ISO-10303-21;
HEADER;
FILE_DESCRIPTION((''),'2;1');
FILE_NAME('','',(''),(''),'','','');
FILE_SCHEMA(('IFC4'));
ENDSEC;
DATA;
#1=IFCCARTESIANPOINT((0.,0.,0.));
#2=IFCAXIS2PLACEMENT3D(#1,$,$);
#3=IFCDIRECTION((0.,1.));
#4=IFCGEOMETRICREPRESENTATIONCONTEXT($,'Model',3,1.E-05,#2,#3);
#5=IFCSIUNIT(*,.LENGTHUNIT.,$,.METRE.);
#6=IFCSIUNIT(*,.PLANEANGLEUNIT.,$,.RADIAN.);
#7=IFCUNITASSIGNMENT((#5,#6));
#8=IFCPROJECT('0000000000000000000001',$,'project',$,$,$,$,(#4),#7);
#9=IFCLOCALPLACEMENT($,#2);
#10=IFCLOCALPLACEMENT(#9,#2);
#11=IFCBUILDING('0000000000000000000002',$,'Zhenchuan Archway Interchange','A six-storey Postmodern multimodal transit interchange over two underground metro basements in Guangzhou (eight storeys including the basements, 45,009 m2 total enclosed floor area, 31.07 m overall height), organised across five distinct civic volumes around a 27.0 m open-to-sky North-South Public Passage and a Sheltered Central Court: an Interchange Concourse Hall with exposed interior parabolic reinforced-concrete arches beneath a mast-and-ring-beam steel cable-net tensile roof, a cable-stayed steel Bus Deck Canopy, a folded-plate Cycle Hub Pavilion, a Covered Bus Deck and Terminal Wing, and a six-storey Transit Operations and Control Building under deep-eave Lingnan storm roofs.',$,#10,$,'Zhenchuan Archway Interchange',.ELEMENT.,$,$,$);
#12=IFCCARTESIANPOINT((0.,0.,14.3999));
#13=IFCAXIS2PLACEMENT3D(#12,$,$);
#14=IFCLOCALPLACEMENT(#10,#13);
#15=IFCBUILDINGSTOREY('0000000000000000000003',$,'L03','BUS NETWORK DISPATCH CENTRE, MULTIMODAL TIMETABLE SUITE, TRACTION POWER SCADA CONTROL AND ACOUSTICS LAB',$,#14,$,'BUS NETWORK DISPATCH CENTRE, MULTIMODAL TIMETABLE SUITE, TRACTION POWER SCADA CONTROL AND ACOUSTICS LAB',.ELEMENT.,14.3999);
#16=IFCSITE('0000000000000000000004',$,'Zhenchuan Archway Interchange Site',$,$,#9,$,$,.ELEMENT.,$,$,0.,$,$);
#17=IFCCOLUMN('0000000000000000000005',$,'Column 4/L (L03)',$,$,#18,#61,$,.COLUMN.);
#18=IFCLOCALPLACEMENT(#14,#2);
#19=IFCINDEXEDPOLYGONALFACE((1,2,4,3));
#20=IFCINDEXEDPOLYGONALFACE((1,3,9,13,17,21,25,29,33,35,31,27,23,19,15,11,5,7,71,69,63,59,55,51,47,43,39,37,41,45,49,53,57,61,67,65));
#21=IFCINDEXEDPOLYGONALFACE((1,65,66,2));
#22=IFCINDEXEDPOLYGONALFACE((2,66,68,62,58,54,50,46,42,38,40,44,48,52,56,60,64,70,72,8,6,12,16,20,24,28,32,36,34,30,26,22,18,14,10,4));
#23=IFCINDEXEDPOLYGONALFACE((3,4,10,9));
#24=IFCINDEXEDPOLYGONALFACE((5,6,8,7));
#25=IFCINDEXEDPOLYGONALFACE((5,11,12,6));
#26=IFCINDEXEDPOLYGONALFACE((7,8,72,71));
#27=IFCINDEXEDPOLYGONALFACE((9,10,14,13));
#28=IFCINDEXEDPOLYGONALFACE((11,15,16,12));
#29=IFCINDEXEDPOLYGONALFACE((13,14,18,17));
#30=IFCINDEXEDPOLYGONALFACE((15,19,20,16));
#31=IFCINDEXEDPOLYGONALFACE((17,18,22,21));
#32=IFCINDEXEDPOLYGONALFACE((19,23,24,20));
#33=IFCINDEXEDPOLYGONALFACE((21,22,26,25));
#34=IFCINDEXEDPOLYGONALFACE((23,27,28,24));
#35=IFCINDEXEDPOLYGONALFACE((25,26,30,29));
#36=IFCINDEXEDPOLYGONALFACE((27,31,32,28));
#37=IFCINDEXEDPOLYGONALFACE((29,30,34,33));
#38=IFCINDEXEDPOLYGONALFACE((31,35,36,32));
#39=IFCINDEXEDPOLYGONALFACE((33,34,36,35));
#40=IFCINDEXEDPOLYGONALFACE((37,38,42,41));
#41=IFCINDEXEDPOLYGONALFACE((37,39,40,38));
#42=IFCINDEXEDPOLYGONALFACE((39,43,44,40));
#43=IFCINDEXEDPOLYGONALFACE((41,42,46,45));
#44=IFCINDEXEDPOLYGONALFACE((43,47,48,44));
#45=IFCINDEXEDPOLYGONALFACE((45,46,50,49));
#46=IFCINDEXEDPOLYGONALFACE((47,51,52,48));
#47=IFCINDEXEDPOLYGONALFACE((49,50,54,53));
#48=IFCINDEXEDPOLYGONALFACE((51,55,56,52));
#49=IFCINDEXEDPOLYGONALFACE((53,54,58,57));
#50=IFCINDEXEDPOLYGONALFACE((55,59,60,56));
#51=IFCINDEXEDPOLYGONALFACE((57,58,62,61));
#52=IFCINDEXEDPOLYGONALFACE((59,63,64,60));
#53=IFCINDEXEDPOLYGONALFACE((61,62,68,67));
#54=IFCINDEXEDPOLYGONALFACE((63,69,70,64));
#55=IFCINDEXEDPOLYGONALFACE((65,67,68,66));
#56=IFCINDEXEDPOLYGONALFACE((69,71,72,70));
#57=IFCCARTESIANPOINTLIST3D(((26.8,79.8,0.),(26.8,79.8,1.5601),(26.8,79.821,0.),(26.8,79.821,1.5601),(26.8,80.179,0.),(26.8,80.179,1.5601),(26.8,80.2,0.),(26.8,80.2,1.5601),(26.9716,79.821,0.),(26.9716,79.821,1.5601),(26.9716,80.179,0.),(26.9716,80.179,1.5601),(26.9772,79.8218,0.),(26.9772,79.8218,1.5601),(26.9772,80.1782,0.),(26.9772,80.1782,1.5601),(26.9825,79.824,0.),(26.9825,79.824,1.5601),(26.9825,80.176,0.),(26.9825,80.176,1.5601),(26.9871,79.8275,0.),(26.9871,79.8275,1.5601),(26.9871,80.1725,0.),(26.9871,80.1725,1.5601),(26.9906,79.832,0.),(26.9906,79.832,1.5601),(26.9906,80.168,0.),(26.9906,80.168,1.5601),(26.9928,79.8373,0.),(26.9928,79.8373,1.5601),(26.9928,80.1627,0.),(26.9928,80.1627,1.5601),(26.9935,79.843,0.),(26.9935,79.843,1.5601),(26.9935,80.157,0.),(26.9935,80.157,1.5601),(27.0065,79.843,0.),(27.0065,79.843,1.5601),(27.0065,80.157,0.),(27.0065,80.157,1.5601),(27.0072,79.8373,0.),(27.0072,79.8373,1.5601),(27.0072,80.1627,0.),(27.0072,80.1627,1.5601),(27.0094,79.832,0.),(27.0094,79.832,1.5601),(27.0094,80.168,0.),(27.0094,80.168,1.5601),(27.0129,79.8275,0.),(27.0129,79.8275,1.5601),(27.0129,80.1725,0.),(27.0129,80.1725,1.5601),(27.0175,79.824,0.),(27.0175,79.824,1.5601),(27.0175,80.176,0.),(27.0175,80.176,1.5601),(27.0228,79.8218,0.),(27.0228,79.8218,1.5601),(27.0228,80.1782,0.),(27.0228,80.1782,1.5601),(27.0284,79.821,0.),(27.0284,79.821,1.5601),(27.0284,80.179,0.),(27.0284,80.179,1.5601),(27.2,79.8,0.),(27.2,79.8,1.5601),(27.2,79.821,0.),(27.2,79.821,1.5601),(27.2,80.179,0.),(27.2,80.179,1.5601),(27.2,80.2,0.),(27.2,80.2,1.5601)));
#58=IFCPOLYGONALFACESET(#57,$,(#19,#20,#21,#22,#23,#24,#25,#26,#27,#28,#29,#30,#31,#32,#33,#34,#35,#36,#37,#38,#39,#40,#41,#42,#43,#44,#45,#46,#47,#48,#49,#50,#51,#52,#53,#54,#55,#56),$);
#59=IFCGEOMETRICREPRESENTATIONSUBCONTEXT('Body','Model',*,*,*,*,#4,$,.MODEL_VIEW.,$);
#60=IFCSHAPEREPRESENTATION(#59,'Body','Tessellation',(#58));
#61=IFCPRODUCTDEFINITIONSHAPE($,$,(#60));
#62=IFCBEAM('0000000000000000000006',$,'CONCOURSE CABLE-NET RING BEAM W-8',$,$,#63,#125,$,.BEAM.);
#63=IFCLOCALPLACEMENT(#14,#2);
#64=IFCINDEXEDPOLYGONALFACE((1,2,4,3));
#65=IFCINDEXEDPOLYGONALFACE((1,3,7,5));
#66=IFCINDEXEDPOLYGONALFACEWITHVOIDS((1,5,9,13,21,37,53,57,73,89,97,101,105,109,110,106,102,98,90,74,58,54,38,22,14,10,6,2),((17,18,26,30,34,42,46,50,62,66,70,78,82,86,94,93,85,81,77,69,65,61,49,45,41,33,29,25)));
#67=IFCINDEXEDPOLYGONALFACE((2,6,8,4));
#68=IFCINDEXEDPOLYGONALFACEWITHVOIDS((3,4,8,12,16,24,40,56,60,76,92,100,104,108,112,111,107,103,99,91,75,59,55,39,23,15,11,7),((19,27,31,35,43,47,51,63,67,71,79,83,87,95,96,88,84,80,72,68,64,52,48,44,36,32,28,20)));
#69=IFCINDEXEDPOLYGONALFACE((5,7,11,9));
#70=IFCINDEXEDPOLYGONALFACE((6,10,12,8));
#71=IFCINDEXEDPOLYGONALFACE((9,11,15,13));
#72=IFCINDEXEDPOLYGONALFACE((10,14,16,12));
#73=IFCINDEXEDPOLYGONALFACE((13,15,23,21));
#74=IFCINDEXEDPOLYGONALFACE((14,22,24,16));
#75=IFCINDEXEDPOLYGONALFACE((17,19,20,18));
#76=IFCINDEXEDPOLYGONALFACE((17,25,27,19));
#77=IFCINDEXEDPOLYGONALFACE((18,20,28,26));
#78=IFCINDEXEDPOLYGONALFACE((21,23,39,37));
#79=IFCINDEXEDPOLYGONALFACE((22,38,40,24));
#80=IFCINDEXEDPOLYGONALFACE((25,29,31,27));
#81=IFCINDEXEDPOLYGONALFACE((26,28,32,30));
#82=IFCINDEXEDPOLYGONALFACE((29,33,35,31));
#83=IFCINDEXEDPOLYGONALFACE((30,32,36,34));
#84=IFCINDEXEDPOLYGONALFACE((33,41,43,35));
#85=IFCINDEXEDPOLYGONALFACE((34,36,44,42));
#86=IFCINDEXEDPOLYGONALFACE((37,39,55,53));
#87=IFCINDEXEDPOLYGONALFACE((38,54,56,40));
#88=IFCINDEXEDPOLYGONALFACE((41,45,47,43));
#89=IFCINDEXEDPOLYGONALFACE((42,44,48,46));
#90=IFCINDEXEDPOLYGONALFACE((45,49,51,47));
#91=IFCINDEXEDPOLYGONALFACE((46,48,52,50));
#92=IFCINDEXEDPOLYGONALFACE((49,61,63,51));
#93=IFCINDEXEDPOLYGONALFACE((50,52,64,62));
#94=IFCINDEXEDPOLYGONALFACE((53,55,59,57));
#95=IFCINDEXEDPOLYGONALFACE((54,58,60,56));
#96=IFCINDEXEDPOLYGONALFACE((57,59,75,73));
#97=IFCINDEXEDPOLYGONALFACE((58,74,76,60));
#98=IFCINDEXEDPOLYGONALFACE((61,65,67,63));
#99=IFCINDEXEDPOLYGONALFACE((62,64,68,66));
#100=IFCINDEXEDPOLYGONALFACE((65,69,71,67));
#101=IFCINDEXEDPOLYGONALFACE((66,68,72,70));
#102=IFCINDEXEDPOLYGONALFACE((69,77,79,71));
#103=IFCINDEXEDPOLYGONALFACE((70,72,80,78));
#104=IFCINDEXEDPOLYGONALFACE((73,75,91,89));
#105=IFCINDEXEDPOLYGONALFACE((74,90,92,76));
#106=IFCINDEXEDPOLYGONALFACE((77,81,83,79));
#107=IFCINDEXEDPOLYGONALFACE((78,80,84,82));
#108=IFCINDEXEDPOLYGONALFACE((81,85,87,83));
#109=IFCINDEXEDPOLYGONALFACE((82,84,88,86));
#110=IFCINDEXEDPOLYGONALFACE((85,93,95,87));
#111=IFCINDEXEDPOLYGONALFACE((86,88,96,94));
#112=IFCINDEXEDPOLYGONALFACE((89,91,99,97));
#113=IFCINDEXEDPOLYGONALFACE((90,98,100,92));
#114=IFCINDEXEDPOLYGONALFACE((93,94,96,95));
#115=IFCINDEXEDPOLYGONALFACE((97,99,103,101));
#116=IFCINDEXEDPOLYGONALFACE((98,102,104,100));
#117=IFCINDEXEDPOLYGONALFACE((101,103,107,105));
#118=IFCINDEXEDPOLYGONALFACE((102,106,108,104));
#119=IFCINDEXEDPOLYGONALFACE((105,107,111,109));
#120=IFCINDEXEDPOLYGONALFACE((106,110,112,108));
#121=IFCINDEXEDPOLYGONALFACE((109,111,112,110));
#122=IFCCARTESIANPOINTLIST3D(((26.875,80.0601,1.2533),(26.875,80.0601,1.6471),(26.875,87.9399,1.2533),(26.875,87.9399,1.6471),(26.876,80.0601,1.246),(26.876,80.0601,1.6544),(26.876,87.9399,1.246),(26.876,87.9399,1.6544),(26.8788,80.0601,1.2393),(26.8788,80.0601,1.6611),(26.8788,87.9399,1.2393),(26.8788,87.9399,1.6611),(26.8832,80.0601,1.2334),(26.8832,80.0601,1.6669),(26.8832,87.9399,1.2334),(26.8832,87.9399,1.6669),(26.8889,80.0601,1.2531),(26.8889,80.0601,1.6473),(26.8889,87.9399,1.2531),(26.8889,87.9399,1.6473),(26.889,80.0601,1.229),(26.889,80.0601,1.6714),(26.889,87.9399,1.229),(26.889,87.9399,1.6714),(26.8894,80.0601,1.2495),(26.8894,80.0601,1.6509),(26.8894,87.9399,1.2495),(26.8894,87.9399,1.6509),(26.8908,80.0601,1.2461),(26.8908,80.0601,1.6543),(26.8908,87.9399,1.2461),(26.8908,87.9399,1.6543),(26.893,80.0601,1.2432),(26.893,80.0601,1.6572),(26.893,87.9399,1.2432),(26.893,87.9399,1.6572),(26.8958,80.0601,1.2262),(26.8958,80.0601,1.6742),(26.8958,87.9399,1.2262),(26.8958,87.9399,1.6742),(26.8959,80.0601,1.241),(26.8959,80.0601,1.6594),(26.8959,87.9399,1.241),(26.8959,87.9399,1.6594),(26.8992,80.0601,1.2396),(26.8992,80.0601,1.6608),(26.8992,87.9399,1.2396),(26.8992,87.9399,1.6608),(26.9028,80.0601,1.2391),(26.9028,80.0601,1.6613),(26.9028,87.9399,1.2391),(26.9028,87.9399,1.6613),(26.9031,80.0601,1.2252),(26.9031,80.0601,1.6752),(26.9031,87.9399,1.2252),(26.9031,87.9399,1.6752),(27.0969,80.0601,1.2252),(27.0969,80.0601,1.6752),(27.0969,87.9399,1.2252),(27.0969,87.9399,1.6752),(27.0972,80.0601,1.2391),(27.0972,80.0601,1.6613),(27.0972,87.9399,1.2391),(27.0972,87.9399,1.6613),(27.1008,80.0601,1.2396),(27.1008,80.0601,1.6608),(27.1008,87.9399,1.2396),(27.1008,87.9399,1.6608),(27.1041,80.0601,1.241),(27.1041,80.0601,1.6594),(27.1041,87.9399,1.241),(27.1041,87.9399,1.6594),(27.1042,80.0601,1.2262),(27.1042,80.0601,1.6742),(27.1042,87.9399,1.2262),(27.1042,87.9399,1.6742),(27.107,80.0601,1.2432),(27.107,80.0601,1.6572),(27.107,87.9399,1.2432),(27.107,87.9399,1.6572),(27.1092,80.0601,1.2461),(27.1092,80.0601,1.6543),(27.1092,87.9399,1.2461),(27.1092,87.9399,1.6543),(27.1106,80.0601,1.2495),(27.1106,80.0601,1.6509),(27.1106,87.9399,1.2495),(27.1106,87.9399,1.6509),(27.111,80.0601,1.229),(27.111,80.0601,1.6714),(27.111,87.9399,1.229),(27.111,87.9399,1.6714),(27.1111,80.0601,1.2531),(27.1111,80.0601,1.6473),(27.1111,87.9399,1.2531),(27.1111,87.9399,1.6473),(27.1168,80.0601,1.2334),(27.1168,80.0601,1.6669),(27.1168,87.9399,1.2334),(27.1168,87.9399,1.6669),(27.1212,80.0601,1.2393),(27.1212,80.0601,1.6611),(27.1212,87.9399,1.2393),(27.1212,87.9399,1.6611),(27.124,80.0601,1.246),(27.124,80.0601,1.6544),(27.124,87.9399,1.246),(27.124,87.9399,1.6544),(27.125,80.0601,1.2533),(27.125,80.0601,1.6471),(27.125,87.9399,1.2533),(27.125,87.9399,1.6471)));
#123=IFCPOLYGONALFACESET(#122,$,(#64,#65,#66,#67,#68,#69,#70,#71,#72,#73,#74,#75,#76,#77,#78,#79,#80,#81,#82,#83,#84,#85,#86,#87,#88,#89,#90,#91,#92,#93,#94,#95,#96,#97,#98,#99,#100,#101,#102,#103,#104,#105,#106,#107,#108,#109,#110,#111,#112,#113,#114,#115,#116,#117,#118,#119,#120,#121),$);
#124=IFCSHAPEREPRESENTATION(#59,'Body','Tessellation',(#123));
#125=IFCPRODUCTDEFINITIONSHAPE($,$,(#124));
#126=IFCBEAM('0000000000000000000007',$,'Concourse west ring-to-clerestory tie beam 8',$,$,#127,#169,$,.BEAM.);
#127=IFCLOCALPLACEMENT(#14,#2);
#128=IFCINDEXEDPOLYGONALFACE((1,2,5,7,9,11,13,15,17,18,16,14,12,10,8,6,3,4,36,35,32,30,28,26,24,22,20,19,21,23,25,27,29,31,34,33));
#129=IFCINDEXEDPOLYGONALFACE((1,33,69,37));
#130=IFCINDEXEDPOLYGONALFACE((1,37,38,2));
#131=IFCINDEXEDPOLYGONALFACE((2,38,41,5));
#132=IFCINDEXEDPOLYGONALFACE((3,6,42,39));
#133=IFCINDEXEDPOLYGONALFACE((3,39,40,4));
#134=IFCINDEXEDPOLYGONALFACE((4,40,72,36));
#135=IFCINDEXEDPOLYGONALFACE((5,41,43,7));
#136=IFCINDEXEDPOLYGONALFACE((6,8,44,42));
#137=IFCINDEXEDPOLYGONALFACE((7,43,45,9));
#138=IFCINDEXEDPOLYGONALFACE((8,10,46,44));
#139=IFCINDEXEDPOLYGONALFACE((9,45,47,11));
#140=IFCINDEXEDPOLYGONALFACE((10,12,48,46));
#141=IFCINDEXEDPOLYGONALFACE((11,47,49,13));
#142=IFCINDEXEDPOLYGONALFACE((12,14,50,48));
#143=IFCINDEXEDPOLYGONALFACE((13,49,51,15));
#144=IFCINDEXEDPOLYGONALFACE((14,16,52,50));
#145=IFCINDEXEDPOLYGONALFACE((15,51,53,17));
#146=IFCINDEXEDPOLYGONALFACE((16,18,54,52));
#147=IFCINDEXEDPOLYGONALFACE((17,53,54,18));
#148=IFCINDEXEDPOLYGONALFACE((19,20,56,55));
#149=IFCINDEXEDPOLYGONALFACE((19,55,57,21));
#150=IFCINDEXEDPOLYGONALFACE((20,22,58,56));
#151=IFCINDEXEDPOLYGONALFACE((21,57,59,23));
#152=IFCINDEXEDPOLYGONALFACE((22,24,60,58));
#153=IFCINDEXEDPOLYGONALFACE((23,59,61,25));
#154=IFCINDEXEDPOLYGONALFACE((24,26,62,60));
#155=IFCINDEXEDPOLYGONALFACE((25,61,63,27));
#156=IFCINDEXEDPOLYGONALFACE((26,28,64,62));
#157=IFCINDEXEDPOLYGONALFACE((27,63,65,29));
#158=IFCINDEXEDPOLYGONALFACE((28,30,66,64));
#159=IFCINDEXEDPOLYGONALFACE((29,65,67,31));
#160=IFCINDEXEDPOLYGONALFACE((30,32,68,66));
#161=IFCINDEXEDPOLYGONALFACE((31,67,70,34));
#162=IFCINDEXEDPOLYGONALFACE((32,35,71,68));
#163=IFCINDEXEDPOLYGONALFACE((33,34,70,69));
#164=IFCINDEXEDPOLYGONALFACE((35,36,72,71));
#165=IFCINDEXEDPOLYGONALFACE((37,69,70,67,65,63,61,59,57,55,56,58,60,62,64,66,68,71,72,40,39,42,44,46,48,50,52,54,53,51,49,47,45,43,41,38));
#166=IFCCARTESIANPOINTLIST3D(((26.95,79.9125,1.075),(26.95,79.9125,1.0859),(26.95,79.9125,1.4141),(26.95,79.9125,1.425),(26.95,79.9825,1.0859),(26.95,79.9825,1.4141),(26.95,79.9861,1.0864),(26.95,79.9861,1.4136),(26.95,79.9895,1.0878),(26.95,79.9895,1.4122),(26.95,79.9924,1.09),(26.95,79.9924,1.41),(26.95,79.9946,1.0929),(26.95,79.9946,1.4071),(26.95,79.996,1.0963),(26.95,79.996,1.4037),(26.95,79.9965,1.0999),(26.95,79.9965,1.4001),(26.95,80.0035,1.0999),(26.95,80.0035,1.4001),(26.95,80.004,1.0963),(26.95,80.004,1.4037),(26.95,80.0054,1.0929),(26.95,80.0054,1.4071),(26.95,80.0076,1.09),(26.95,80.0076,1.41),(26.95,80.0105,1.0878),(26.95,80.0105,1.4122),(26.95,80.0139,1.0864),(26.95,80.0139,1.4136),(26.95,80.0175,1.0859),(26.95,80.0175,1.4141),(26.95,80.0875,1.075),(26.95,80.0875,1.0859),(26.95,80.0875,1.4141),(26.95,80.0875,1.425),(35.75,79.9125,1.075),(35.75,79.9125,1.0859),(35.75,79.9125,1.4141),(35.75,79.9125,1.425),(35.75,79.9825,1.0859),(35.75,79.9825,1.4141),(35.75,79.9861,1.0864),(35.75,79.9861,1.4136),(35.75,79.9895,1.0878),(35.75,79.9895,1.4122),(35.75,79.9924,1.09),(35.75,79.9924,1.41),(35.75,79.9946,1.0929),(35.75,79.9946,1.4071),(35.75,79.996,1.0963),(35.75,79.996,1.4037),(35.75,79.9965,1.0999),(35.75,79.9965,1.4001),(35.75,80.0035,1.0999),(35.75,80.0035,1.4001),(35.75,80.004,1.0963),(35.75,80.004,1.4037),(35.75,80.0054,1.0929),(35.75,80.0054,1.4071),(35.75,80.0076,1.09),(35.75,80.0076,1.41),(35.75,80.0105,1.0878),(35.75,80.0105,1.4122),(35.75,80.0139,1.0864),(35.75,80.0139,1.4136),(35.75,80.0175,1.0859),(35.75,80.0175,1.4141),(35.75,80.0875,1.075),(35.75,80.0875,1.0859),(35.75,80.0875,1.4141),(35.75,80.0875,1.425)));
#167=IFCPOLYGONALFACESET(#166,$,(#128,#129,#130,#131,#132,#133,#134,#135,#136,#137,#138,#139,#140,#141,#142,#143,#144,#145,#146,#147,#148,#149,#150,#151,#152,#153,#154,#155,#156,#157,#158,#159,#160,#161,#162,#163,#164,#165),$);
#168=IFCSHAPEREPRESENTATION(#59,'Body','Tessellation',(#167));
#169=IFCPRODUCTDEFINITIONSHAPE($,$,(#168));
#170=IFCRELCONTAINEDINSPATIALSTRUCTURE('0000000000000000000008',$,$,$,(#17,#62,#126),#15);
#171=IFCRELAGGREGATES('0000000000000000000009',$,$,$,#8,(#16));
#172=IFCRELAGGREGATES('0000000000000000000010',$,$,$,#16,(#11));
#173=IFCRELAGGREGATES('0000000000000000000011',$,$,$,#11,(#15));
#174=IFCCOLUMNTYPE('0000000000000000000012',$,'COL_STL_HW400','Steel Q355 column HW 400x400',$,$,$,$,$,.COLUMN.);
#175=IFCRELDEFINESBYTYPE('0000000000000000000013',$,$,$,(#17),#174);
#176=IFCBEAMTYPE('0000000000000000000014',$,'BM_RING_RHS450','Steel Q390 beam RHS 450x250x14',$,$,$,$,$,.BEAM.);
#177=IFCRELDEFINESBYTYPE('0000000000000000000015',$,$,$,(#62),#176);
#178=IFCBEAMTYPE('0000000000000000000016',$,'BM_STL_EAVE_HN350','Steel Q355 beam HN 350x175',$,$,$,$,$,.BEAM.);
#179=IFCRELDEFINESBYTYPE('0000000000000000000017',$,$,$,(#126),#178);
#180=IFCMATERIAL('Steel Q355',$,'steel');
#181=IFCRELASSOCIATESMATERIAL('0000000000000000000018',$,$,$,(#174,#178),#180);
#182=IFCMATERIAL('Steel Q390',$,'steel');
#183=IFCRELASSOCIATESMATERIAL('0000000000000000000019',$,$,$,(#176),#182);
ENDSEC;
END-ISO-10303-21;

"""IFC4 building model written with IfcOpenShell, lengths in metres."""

from ifc_helpers import new_model, si_unit, direction, frame, origin, origin_2d, place, context, subcontext, project, spatial, hollow_rectangle, i_section, extrude, material, material_profile, profile_set, type_object, element, save


model = new_model("IFC4")

# Units and contexts
model_context = context("Model", 3, precision=1e-05, world=origin(), true_north=direction((0.0, 1.0)))
body_context = subcontext(model_context, "Body", "Model", "MODEL_VIEW")
ifc_project = project(units=[si_unit("LENGTHUNIT", "METRE"), si_unit("PLANEANGLEUNIT", "RADIAN")], contexts=[model_context])

# Site, building, storey
site_placement = place(None, origin())
site = spatial("IfcSite", under=ifc_project, at=site_placement, Name="Zhenchuan Archway Interchange Site", CompositionType="ELEMENT", RefElevation=0.0)
building_placement = place(site_placement, origin())
building = spatial("IfcBuilding", under=site, at=building_placement, Name="Zhenchuan Archway Interchange", Description="A six-storey Postmodern multimodal transit interchange over two underground metro basements in Guangzhou (eight storeys including the basements, 45,009 m2 total enclosed floor area, 31.07 m overall height), organised across five distinct civic volumes around a 27.0 m open-to-sky North-South Public Passage and a Sheltered Central Court: an Interchange Concourse Hall with exposed interior parabolic reinforced-concrete arches beneath a mast-and-ring-beam steel cable-net tensile roof, a cable-stayed steel Bus Deck Canopy, a folded-plate Cycle Hub Pavilion, a Covered Bus Deck and Terminal Wing, and a six-storey Transit Operations and Control Building under deep-eave Lingnan storm roofs.", LongName="Zhenchuan Archway Interchange", CompositionType="ELEMENT")
storey_placement = place(building_placement, frame((0.0, 0.0, 14.3999)))
storey = spatial("IfcBuildingStorey", under=building, at=storey_placement, Name="L03", Description="BUS NETWORK DISPATCH CENTRE, MULTIMODAL TIMETABLE SUITE, TRACTION POWER SCADA CONTROL AND ACOUSTICS LAB", LongName="BUS NETWORK DISPATCH CENTRE, MULTIMODAL TIMETABLE SUITE, TRACTION POWER SCADA CONTROL AND ACOUSTICS LAB", CompositionType="ELEMENT", Elevation=14.3999)

# Column
ifc_material_1 = material(Name="Steel Q355", Category="steel")
ifc_material_profile_1 = material_profile(ifc_material_1, i_section(OverallWidth=0.3999, OverallDepth=0.3999, WebThickness=0.0129, FlangeThickness=0.021, FilletRadius=0.022, at=origin_2d()), Name="HW 400x400")
ifc_profile_set_1 = profile_set([ifc_material_profile_1], Name="Steel Q355")
column_type = type_object("IfcColumnType", Name="COL_STL_HW400", Description="Steel Q355 column HW 400x400", PredefinedType="COLUMN", material=ifc_profile_set_1)
column_placement = place(storey_placement, frame((27.0, 80.0, 0.0), z_axis=(0.0, 0.0, 1.0), x_axis=(1.0, 0.0, 0.0)))
element("IfcColumn", 1, at=column_placement, inside=storey, type_object=column_type, Name="Column 4/L (L03)", PredefinedType="COLUMN", context=body_context, shape_type="SweptSolid", body=[
    extrude(i_section(OverallWidth=0.3999, OverallDepth=0.3999, WebThickness=0.0129, FlangeThickness=0.021, FilletRadius=0.022, at=origin_2d()), origin(), (0.0, 0.0, 1.0), 1.5601),
])

# Beams
ifc_material_2 = material(Name="Steel Q390", Category="steel")
ifc_material_profile_2 = material_profile(ifc_material_2, hollow_rectangle(XDim=0.25, YDim=0.45, WallThickness=0.0139, InnerFilletRadius=0.0139, OuterFilletRadius=0.0281, at=origin_2d()), Name="RHS 450x250x14")
ifc_profile_set_2 = profile_set([ifc_material_profile_2], Name="Steel Q390")
beam_type_1 = type_object("IfcBeamType", Name="BM_RING_RHS450", Description="Steel Q390 beam RHS 450x250x14", PredefinedType="BEAM", material=ifc_profile_set_2)
beam_1_placement = place(storey_placement, frame((27.0, 80.0601, 1.4502), z_axis=(0.0, 1.0, 0.0), x_axis=(-1.0, 0.0, 0.0)))
element("IfcBeam", 2, at=beam_1_placement, inside=storey, type_object=beam_type_1, Name="CONCOURSE CABLE-NET RING BEAM W-8", PredefinedType="BEAM", context=body_context, shape_type="SweptSolid", body=[
    extrude(hollow_rectangle(XDim=0.25, YDim=0.45, WallThickness=0.0139, InnerFilletRadius=0.0139, OuterFilletRadius=0.0281, at=origin_2d()), origin(), (0.0, 0.0, 1.0), 7.8799),
])
ifc_material_profile_3 = material_profile(ifc_material_1, i_section(OverallWidth=0.175, OverallDepth=0.3501, WebThickness=0.0071, FlangeThickness=0.011, FilletRadius=0.0139, at=origin_2d()), Name="HN 350x175")
ifc_profile_set_3 = profile_set([ifc_material_profile_3], Name="Steel Q355")
beam_type_2 = type_object("IfcBeamType", Name="BM_STL_EAVE_HN350", Description="Steel Q355 beam HN 350x175", PredefinedType="BEAM", material=ifc_profile_set_3)
beam_2_placement = place(storey_placement, frame((26.95, 80.0, 1.25), z_axis=(1.0, 0.0, 0.0), x_axis=(0.0, 1.0, 0.0)))
element("IfcBeam", 3, at=beam_2_placement, inside=storey, type_object=beam_type_2, Name="Concourse west ring-to-clerestory tie beam 8", PredefinedType="BEAM", context=body_context, shape_type="SweptSolid", body=[
    extrude(i_section(OverallWidth=0.175, OverallDepth=0.3501, WebThickness=0.0071, FlangeThickness=0.011, FilletRadius=0.0139, at=origin_2d()), origin(), (0.0, 0.0, 1.0), 8.8),
])

save(model, "model.ifc")
